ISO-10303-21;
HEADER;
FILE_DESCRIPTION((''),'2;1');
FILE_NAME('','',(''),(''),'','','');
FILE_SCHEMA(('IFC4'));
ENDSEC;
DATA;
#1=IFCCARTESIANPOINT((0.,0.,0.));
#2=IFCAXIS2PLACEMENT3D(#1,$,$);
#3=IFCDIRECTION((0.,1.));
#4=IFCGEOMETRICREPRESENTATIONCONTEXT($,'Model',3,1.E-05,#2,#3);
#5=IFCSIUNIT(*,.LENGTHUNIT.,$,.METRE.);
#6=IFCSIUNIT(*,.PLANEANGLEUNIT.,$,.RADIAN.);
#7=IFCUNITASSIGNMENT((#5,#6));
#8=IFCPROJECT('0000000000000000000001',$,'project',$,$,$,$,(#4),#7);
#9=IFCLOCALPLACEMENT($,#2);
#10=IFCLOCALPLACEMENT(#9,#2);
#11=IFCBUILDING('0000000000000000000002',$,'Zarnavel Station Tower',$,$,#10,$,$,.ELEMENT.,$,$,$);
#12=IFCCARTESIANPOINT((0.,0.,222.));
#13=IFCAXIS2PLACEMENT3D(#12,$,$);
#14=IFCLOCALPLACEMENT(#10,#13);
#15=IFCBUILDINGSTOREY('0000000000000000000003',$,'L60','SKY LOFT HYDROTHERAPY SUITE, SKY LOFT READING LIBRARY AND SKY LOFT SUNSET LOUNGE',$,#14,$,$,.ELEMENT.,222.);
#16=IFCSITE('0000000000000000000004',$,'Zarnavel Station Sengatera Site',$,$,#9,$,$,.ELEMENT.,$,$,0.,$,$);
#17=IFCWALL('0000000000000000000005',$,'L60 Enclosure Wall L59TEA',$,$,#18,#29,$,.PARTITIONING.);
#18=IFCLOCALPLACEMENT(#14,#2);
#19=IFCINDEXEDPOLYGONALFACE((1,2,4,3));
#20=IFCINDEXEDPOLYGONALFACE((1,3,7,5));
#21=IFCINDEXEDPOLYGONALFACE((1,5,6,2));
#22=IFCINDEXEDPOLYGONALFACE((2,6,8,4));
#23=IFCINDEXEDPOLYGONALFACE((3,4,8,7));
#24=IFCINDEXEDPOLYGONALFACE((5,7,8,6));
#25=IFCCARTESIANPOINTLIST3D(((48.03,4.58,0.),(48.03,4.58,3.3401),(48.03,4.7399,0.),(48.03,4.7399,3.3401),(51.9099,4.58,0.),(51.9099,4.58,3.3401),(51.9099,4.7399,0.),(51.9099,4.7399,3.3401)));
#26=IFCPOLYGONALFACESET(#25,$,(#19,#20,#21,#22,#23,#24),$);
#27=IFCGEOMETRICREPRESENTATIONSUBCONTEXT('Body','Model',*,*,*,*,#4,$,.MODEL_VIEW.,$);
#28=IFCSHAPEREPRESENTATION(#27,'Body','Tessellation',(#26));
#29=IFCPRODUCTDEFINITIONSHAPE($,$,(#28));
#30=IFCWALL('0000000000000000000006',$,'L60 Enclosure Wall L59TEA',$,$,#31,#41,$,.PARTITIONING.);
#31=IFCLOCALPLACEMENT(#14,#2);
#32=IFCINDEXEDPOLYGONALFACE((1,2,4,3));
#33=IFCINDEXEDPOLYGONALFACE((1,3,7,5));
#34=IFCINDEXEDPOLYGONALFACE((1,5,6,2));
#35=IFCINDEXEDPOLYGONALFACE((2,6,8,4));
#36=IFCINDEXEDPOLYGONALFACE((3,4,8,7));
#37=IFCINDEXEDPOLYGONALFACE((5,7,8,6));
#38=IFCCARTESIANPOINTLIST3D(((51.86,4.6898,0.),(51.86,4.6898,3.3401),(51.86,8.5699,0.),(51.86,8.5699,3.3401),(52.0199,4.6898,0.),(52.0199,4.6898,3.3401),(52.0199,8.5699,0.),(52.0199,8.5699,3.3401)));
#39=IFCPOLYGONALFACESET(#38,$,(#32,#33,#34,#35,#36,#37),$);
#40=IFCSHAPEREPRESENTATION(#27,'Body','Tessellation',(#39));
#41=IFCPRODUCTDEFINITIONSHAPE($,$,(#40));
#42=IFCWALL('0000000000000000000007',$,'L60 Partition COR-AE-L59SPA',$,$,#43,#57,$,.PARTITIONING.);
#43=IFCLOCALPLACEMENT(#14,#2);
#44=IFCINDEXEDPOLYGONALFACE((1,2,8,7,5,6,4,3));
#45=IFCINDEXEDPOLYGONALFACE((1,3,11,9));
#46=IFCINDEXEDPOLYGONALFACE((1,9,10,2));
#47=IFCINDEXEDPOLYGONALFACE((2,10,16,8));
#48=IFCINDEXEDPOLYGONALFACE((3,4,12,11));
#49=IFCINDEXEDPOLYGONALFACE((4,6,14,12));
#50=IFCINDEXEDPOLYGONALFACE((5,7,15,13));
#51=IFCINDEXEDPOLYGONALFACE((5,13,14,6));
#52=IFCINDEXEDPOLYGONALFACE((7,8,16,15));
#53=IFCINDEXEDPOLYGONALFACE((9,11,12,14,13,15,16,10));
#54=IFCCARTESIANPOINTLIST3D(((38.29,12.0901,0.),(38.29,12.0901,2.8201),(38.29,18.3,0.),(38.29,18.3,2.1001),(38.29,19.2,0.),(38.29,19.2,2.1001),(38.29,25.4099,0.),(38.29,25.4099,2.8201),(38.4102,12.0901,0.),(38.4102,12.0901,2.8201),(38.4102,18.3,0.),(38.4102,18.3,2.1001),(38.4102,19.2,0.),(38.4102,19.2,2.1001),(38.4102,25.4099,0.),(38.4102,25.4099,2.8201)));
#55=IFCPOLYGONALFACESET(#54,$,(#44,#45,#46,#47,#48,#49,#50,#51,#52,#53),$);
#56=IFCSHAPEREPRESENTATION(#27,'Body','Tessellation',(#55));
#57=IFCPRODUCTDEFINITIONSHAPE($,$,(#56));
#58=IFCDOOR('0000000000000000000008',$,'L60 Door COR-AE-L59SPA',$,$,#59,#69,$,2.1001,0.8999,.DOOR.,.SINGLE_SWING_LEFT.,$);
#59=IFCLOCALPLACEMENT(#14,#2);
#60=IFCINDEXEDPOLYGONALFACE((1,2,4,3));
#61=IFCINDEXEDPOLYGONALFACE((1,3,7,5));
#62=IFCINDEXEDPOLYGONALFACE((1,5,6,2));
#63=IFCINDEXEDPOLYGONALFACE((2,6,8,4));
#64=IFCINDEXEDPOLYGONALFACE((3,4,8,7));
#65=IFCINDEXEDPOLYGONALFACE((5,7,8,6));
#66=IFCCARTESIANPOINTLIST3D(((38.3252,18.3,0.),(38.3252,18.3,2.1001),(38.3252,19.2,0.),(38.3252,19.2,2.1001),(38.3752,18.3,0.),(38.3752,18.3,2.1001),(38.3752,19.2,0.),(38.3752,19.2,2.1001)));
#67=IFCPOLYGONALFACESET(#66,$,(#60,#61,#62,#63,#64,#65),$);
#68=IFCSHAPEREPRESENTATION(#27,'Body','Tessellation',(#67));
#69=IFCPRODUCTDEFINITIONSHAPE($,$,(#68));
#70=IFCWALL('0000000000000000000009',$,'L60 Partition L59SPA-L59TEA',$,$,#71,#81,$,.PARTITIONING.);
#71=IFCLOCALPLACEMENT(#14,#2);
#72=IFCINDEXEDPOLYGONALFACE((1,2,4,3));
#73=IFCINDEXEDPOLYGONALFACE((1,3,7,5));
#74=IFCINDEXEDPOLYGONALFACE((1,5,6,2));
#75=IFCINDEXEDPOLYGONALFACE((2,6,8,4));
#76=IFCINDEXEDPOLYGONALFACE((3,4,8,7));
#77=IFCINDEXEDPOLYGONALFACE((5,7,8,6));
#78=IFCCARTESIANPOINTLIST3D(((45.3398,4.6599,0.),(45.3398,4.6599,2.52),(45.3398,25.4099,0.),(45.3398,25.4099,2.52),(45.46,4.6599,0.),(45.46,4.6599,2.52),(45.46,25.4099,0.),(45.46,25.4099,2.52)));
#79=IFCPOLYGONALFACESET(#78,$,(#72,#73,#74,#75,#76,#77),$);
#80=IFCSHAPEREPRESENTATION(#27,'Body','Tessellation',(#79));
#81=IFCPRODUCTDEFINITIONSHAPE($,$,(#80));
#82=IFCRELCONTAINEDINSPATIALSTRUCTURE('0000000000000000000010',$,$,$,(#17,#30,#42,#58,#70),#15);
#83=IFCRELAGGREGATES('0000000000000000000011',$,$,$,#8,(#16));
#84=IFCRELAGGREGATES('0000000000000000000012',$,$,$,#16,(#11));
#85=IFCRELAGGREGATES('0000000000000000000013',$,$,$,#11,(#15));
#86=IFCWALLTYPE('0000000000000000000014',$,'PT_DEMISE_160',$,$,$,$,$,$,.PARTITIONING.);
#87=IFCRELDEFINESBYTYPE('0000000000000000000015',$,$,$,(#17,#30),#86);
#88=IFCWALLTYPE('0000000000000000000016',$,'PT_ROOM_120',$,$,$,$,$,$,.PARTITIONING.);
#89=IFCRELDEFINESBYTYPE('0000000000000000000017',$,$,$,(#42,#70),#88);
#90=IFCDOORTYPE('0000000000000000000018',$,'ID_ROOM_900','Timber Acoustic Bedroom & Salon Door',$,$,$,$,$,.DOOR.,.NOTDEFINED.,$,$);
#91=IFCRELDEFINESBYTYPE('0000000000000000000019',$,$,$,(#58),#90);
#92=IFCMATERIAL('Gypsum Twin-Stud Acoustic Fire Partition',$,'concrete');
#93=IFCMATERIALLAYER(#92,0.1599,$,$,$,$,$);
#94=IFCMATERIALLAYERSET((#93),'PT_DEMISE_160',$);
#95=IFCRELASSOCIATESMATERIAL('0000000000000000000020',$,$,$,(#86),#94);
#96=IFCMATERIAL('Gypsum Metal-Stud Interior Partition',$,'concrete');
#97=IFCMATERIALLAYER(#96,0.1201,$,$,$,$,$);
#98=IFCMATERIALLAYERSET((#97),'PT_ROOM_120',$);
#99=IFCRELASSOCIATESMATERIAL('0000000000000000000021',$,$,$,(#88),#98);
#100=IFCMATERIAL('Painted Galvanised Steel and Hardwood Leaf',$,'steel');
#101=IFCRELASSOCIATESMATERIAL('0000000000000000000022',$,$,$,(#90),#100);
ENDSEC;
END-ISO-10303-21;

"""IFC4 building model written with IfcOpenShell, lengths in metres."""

from ifc_helpers import new_model, si_unit, direction, frame, frame_2d, origin, place, context, subcontext, project, spatial, rectangle, extrude, material, layer, layer_set, type_object, element, fill, save


model = new_model("IFC4")

# Units and contexts
model_context = context("Model", 3, precision=1e-05, world=origin(), true_north=direction((0.0, 1.0)))
body_context = subcontext(model_context, "Body", "Model", "MODEL_VIEW")
ifc_project = project(units=[si_unit("LENGTHUNIT", "METRE"), si_unit("PLANEANGLEUNIT", "RADIAN")], contexts=[model_context])

# Site, building, storey
site_placement = place(None, origin())
site = spatial("IfcSite", under=ifc_project, at=site_placement, Name="Zarnavel Station Sengatera Site", CompositionType="ELEMENT", RefElevation=0.0)
building_placement = place(site_placement, origin())
building = spatial("IfcBuilding", under=site, at=building_placement, Name="Zarnavel Station Tower", CompositionType="ELEMENT")
storey_placement = place(building_placement, frame((0.0, 0.0, 222.0)))
storey = spatial("IfcBuildingStorey", under=building, at=storey_placement, Name="L60", Description="SKY LOFT HYDROTHERAPY SUITE, SKY LOFT READING LIBRARY AND SKY LOFT SUNSET LOUNGE", CompositionType="ELEMENT", Elevation=222.0)

# Walls
ifc_material_1 = material(Name="Gypsum Twin-Stud Acoustic Fire Partition", Category="concrete")
ifc_layer_1 = layer(ifc_material_1, 0.1599)
ifc_layer_set_1 = layer_set([ifc_layer_1], Name="PT_DEMISE_160")
wall_type_1 = type_object("IfcWallType", Name="PT_DEMISE_160", PredefinedType="PARTITIONING", material=ifc_layer_set_1)
wall_1_placement = place(storey_placement, frame((48.03, 4.6599, 0.0), z_axis=(0.0, 0.0, 1.0), x_axis=(1.0, 0.0, 0.0)))
element("IfcWall", 1, at=wall_1_placement, inside=storey, type_object=wall_type_1, Name="L60 Enclosure Wall L59TEA", PredefinedType="PARTITIONING", context=body_context, shape_type="SweptSolid", body=[
    extrude(rectangle(XDim=3.8799, YDim=0.1599, at=frame_2d((1.9399, 0.0))), origin(), (0.0, 0.0, 1.0), 3.3401),
])
wall_2_placement = place(storey_placement, frame((51.9399, 4.6899, 0.0), z_axis=(0.0, 0.0, 1.0), x_axis=(0.0, 1.0, 0.0)))
element("IfcWall", 2, at=wall_2_placement, inside=storey, type_object=wall_type_1, Name="L60 Enclosure Wall L59TEA", PredefinedType="PARTITIONING", context=body_context, shape_type="SweptSolid", body=[
    extrude(rectangle(XDim=3.8801, YDim=0.1599, at=frame_2d((1.9399, 0.0))), origin(), (0.0, 0.0, 1.0), 3.3401),
])

# Wall, opening, door
ifc_material_2 = material(Name="Gypsum Metal-Stud Interior Partition", Category="concrete")
ifc_layer_2 = layer(ifc_material_2, 0.1201)
ifc_layer_set_2 = layer_set([ifc_layer_2], Name="PT_ROOM_120")
wall_type_2 = type_object("IfcWallType", Name="PT_ROOM_120", PredefinedType="PARTITIONING", material=ifc_layer_set_2)
wall_3_placement = place(storey_placement, frame((38.3501, 12.0901, 0.0), z_axis=(0.0, 0.0, 1.0), x_axis=(0.0, 1.0, 0.0)))
wall_3 = element("IfcWall", 3, at=wall_3_placement, inside=storey, type_object=wall_type_2, Name="L60 Partition COR-AE-L59SPA", PredefinedType="PARTITIONING", context=body_context, shape_type="SweptSolid", body=[
    extrude(rectangle(XDim=13.3198, YDim=0.1201, at=frame_2d((6.6599, 0.0))), origin(), (0.0, 0.0, 1.0), 2.8201),
])
opening_1_placement = place(wall_3_placement, frame((6.21, 0.0, 0.0)))
opening_1 = element("IfcOpeningElement", 4, at=opening_1_placement, cuts=wall_3, PredefinedType="OPENING", context=body_context, shape_type="SweptSolid", body=[
    extrude(rectangle(XDim=0.8999, YDim=2.1001, at=frame_2d((0.45, 1.05))), frame((0.0, 0.0701, 0.0), z_axis=(0.0, -1.0, 0.0), x_axis=(1.0, 0.0, 0.0)), (0.0, 0.0, 1.0), 0.1401),
])
ifc_material_3 = material(Name="Painted Galvanised Steel and Hardwood Leaf", Category="steel")
door_type = type_object("IfcDoorType", Name="ID_ROOM_900", Description="Timber Acoustic Bedroom & Salon Door", OperationType="NOTDEFINED", PredefinedType="DOOR", material=ifc_material_3)
door_placement = place(opening_1_placement, origin())
door = element("IfcDoor", 5, at=door_placement, inside=storey, type_object=door_type, Name="L60 Door COR-AE-L59SPA", OperationType="SINGLE_SWING_LEFT", OverallHeight=2.1001, OverallWidth=0.8999, PredefinedType="DOOR", context=body_context, shape_type="SweptSolid", body=[
    extrude(rectangle(XDim=0.8999, YDim=2.1001, at=frame_2d((0.45, 1.05))), frame((0.0, 0.0249, 0.0), z_axis=(0.0, -1.0, 0.0), x_axis=(1.0, 0.0, 0.0)), (0.0, 0.0, 1.0), 0.05),
])
fill(opening_1, door)

# Wall
wall_4_placement = place(storey_placement, frame((45.3999, 4.6599, 0.0), z_axis=(0.0, 0.0, 1.0), x_axis=(0.0, 1.0, 0.0)))
element("IfcWall", 6, at=wall_4_placement, inside=storey, type_object=wall_type_2, Name="L60 Partition L59SPA-L59TEA", PredefinedType="PARTITIONING", context=body_context, shape_type="SweptSolid", body=[
    extrude(rectangle(XDim=20.75, YDim=0.1201, at=frame_2d((10.375, 0.0))), origin(), (0.0, 0.0, 1.0), 2.52),
])

save(model, "model.ifc")
